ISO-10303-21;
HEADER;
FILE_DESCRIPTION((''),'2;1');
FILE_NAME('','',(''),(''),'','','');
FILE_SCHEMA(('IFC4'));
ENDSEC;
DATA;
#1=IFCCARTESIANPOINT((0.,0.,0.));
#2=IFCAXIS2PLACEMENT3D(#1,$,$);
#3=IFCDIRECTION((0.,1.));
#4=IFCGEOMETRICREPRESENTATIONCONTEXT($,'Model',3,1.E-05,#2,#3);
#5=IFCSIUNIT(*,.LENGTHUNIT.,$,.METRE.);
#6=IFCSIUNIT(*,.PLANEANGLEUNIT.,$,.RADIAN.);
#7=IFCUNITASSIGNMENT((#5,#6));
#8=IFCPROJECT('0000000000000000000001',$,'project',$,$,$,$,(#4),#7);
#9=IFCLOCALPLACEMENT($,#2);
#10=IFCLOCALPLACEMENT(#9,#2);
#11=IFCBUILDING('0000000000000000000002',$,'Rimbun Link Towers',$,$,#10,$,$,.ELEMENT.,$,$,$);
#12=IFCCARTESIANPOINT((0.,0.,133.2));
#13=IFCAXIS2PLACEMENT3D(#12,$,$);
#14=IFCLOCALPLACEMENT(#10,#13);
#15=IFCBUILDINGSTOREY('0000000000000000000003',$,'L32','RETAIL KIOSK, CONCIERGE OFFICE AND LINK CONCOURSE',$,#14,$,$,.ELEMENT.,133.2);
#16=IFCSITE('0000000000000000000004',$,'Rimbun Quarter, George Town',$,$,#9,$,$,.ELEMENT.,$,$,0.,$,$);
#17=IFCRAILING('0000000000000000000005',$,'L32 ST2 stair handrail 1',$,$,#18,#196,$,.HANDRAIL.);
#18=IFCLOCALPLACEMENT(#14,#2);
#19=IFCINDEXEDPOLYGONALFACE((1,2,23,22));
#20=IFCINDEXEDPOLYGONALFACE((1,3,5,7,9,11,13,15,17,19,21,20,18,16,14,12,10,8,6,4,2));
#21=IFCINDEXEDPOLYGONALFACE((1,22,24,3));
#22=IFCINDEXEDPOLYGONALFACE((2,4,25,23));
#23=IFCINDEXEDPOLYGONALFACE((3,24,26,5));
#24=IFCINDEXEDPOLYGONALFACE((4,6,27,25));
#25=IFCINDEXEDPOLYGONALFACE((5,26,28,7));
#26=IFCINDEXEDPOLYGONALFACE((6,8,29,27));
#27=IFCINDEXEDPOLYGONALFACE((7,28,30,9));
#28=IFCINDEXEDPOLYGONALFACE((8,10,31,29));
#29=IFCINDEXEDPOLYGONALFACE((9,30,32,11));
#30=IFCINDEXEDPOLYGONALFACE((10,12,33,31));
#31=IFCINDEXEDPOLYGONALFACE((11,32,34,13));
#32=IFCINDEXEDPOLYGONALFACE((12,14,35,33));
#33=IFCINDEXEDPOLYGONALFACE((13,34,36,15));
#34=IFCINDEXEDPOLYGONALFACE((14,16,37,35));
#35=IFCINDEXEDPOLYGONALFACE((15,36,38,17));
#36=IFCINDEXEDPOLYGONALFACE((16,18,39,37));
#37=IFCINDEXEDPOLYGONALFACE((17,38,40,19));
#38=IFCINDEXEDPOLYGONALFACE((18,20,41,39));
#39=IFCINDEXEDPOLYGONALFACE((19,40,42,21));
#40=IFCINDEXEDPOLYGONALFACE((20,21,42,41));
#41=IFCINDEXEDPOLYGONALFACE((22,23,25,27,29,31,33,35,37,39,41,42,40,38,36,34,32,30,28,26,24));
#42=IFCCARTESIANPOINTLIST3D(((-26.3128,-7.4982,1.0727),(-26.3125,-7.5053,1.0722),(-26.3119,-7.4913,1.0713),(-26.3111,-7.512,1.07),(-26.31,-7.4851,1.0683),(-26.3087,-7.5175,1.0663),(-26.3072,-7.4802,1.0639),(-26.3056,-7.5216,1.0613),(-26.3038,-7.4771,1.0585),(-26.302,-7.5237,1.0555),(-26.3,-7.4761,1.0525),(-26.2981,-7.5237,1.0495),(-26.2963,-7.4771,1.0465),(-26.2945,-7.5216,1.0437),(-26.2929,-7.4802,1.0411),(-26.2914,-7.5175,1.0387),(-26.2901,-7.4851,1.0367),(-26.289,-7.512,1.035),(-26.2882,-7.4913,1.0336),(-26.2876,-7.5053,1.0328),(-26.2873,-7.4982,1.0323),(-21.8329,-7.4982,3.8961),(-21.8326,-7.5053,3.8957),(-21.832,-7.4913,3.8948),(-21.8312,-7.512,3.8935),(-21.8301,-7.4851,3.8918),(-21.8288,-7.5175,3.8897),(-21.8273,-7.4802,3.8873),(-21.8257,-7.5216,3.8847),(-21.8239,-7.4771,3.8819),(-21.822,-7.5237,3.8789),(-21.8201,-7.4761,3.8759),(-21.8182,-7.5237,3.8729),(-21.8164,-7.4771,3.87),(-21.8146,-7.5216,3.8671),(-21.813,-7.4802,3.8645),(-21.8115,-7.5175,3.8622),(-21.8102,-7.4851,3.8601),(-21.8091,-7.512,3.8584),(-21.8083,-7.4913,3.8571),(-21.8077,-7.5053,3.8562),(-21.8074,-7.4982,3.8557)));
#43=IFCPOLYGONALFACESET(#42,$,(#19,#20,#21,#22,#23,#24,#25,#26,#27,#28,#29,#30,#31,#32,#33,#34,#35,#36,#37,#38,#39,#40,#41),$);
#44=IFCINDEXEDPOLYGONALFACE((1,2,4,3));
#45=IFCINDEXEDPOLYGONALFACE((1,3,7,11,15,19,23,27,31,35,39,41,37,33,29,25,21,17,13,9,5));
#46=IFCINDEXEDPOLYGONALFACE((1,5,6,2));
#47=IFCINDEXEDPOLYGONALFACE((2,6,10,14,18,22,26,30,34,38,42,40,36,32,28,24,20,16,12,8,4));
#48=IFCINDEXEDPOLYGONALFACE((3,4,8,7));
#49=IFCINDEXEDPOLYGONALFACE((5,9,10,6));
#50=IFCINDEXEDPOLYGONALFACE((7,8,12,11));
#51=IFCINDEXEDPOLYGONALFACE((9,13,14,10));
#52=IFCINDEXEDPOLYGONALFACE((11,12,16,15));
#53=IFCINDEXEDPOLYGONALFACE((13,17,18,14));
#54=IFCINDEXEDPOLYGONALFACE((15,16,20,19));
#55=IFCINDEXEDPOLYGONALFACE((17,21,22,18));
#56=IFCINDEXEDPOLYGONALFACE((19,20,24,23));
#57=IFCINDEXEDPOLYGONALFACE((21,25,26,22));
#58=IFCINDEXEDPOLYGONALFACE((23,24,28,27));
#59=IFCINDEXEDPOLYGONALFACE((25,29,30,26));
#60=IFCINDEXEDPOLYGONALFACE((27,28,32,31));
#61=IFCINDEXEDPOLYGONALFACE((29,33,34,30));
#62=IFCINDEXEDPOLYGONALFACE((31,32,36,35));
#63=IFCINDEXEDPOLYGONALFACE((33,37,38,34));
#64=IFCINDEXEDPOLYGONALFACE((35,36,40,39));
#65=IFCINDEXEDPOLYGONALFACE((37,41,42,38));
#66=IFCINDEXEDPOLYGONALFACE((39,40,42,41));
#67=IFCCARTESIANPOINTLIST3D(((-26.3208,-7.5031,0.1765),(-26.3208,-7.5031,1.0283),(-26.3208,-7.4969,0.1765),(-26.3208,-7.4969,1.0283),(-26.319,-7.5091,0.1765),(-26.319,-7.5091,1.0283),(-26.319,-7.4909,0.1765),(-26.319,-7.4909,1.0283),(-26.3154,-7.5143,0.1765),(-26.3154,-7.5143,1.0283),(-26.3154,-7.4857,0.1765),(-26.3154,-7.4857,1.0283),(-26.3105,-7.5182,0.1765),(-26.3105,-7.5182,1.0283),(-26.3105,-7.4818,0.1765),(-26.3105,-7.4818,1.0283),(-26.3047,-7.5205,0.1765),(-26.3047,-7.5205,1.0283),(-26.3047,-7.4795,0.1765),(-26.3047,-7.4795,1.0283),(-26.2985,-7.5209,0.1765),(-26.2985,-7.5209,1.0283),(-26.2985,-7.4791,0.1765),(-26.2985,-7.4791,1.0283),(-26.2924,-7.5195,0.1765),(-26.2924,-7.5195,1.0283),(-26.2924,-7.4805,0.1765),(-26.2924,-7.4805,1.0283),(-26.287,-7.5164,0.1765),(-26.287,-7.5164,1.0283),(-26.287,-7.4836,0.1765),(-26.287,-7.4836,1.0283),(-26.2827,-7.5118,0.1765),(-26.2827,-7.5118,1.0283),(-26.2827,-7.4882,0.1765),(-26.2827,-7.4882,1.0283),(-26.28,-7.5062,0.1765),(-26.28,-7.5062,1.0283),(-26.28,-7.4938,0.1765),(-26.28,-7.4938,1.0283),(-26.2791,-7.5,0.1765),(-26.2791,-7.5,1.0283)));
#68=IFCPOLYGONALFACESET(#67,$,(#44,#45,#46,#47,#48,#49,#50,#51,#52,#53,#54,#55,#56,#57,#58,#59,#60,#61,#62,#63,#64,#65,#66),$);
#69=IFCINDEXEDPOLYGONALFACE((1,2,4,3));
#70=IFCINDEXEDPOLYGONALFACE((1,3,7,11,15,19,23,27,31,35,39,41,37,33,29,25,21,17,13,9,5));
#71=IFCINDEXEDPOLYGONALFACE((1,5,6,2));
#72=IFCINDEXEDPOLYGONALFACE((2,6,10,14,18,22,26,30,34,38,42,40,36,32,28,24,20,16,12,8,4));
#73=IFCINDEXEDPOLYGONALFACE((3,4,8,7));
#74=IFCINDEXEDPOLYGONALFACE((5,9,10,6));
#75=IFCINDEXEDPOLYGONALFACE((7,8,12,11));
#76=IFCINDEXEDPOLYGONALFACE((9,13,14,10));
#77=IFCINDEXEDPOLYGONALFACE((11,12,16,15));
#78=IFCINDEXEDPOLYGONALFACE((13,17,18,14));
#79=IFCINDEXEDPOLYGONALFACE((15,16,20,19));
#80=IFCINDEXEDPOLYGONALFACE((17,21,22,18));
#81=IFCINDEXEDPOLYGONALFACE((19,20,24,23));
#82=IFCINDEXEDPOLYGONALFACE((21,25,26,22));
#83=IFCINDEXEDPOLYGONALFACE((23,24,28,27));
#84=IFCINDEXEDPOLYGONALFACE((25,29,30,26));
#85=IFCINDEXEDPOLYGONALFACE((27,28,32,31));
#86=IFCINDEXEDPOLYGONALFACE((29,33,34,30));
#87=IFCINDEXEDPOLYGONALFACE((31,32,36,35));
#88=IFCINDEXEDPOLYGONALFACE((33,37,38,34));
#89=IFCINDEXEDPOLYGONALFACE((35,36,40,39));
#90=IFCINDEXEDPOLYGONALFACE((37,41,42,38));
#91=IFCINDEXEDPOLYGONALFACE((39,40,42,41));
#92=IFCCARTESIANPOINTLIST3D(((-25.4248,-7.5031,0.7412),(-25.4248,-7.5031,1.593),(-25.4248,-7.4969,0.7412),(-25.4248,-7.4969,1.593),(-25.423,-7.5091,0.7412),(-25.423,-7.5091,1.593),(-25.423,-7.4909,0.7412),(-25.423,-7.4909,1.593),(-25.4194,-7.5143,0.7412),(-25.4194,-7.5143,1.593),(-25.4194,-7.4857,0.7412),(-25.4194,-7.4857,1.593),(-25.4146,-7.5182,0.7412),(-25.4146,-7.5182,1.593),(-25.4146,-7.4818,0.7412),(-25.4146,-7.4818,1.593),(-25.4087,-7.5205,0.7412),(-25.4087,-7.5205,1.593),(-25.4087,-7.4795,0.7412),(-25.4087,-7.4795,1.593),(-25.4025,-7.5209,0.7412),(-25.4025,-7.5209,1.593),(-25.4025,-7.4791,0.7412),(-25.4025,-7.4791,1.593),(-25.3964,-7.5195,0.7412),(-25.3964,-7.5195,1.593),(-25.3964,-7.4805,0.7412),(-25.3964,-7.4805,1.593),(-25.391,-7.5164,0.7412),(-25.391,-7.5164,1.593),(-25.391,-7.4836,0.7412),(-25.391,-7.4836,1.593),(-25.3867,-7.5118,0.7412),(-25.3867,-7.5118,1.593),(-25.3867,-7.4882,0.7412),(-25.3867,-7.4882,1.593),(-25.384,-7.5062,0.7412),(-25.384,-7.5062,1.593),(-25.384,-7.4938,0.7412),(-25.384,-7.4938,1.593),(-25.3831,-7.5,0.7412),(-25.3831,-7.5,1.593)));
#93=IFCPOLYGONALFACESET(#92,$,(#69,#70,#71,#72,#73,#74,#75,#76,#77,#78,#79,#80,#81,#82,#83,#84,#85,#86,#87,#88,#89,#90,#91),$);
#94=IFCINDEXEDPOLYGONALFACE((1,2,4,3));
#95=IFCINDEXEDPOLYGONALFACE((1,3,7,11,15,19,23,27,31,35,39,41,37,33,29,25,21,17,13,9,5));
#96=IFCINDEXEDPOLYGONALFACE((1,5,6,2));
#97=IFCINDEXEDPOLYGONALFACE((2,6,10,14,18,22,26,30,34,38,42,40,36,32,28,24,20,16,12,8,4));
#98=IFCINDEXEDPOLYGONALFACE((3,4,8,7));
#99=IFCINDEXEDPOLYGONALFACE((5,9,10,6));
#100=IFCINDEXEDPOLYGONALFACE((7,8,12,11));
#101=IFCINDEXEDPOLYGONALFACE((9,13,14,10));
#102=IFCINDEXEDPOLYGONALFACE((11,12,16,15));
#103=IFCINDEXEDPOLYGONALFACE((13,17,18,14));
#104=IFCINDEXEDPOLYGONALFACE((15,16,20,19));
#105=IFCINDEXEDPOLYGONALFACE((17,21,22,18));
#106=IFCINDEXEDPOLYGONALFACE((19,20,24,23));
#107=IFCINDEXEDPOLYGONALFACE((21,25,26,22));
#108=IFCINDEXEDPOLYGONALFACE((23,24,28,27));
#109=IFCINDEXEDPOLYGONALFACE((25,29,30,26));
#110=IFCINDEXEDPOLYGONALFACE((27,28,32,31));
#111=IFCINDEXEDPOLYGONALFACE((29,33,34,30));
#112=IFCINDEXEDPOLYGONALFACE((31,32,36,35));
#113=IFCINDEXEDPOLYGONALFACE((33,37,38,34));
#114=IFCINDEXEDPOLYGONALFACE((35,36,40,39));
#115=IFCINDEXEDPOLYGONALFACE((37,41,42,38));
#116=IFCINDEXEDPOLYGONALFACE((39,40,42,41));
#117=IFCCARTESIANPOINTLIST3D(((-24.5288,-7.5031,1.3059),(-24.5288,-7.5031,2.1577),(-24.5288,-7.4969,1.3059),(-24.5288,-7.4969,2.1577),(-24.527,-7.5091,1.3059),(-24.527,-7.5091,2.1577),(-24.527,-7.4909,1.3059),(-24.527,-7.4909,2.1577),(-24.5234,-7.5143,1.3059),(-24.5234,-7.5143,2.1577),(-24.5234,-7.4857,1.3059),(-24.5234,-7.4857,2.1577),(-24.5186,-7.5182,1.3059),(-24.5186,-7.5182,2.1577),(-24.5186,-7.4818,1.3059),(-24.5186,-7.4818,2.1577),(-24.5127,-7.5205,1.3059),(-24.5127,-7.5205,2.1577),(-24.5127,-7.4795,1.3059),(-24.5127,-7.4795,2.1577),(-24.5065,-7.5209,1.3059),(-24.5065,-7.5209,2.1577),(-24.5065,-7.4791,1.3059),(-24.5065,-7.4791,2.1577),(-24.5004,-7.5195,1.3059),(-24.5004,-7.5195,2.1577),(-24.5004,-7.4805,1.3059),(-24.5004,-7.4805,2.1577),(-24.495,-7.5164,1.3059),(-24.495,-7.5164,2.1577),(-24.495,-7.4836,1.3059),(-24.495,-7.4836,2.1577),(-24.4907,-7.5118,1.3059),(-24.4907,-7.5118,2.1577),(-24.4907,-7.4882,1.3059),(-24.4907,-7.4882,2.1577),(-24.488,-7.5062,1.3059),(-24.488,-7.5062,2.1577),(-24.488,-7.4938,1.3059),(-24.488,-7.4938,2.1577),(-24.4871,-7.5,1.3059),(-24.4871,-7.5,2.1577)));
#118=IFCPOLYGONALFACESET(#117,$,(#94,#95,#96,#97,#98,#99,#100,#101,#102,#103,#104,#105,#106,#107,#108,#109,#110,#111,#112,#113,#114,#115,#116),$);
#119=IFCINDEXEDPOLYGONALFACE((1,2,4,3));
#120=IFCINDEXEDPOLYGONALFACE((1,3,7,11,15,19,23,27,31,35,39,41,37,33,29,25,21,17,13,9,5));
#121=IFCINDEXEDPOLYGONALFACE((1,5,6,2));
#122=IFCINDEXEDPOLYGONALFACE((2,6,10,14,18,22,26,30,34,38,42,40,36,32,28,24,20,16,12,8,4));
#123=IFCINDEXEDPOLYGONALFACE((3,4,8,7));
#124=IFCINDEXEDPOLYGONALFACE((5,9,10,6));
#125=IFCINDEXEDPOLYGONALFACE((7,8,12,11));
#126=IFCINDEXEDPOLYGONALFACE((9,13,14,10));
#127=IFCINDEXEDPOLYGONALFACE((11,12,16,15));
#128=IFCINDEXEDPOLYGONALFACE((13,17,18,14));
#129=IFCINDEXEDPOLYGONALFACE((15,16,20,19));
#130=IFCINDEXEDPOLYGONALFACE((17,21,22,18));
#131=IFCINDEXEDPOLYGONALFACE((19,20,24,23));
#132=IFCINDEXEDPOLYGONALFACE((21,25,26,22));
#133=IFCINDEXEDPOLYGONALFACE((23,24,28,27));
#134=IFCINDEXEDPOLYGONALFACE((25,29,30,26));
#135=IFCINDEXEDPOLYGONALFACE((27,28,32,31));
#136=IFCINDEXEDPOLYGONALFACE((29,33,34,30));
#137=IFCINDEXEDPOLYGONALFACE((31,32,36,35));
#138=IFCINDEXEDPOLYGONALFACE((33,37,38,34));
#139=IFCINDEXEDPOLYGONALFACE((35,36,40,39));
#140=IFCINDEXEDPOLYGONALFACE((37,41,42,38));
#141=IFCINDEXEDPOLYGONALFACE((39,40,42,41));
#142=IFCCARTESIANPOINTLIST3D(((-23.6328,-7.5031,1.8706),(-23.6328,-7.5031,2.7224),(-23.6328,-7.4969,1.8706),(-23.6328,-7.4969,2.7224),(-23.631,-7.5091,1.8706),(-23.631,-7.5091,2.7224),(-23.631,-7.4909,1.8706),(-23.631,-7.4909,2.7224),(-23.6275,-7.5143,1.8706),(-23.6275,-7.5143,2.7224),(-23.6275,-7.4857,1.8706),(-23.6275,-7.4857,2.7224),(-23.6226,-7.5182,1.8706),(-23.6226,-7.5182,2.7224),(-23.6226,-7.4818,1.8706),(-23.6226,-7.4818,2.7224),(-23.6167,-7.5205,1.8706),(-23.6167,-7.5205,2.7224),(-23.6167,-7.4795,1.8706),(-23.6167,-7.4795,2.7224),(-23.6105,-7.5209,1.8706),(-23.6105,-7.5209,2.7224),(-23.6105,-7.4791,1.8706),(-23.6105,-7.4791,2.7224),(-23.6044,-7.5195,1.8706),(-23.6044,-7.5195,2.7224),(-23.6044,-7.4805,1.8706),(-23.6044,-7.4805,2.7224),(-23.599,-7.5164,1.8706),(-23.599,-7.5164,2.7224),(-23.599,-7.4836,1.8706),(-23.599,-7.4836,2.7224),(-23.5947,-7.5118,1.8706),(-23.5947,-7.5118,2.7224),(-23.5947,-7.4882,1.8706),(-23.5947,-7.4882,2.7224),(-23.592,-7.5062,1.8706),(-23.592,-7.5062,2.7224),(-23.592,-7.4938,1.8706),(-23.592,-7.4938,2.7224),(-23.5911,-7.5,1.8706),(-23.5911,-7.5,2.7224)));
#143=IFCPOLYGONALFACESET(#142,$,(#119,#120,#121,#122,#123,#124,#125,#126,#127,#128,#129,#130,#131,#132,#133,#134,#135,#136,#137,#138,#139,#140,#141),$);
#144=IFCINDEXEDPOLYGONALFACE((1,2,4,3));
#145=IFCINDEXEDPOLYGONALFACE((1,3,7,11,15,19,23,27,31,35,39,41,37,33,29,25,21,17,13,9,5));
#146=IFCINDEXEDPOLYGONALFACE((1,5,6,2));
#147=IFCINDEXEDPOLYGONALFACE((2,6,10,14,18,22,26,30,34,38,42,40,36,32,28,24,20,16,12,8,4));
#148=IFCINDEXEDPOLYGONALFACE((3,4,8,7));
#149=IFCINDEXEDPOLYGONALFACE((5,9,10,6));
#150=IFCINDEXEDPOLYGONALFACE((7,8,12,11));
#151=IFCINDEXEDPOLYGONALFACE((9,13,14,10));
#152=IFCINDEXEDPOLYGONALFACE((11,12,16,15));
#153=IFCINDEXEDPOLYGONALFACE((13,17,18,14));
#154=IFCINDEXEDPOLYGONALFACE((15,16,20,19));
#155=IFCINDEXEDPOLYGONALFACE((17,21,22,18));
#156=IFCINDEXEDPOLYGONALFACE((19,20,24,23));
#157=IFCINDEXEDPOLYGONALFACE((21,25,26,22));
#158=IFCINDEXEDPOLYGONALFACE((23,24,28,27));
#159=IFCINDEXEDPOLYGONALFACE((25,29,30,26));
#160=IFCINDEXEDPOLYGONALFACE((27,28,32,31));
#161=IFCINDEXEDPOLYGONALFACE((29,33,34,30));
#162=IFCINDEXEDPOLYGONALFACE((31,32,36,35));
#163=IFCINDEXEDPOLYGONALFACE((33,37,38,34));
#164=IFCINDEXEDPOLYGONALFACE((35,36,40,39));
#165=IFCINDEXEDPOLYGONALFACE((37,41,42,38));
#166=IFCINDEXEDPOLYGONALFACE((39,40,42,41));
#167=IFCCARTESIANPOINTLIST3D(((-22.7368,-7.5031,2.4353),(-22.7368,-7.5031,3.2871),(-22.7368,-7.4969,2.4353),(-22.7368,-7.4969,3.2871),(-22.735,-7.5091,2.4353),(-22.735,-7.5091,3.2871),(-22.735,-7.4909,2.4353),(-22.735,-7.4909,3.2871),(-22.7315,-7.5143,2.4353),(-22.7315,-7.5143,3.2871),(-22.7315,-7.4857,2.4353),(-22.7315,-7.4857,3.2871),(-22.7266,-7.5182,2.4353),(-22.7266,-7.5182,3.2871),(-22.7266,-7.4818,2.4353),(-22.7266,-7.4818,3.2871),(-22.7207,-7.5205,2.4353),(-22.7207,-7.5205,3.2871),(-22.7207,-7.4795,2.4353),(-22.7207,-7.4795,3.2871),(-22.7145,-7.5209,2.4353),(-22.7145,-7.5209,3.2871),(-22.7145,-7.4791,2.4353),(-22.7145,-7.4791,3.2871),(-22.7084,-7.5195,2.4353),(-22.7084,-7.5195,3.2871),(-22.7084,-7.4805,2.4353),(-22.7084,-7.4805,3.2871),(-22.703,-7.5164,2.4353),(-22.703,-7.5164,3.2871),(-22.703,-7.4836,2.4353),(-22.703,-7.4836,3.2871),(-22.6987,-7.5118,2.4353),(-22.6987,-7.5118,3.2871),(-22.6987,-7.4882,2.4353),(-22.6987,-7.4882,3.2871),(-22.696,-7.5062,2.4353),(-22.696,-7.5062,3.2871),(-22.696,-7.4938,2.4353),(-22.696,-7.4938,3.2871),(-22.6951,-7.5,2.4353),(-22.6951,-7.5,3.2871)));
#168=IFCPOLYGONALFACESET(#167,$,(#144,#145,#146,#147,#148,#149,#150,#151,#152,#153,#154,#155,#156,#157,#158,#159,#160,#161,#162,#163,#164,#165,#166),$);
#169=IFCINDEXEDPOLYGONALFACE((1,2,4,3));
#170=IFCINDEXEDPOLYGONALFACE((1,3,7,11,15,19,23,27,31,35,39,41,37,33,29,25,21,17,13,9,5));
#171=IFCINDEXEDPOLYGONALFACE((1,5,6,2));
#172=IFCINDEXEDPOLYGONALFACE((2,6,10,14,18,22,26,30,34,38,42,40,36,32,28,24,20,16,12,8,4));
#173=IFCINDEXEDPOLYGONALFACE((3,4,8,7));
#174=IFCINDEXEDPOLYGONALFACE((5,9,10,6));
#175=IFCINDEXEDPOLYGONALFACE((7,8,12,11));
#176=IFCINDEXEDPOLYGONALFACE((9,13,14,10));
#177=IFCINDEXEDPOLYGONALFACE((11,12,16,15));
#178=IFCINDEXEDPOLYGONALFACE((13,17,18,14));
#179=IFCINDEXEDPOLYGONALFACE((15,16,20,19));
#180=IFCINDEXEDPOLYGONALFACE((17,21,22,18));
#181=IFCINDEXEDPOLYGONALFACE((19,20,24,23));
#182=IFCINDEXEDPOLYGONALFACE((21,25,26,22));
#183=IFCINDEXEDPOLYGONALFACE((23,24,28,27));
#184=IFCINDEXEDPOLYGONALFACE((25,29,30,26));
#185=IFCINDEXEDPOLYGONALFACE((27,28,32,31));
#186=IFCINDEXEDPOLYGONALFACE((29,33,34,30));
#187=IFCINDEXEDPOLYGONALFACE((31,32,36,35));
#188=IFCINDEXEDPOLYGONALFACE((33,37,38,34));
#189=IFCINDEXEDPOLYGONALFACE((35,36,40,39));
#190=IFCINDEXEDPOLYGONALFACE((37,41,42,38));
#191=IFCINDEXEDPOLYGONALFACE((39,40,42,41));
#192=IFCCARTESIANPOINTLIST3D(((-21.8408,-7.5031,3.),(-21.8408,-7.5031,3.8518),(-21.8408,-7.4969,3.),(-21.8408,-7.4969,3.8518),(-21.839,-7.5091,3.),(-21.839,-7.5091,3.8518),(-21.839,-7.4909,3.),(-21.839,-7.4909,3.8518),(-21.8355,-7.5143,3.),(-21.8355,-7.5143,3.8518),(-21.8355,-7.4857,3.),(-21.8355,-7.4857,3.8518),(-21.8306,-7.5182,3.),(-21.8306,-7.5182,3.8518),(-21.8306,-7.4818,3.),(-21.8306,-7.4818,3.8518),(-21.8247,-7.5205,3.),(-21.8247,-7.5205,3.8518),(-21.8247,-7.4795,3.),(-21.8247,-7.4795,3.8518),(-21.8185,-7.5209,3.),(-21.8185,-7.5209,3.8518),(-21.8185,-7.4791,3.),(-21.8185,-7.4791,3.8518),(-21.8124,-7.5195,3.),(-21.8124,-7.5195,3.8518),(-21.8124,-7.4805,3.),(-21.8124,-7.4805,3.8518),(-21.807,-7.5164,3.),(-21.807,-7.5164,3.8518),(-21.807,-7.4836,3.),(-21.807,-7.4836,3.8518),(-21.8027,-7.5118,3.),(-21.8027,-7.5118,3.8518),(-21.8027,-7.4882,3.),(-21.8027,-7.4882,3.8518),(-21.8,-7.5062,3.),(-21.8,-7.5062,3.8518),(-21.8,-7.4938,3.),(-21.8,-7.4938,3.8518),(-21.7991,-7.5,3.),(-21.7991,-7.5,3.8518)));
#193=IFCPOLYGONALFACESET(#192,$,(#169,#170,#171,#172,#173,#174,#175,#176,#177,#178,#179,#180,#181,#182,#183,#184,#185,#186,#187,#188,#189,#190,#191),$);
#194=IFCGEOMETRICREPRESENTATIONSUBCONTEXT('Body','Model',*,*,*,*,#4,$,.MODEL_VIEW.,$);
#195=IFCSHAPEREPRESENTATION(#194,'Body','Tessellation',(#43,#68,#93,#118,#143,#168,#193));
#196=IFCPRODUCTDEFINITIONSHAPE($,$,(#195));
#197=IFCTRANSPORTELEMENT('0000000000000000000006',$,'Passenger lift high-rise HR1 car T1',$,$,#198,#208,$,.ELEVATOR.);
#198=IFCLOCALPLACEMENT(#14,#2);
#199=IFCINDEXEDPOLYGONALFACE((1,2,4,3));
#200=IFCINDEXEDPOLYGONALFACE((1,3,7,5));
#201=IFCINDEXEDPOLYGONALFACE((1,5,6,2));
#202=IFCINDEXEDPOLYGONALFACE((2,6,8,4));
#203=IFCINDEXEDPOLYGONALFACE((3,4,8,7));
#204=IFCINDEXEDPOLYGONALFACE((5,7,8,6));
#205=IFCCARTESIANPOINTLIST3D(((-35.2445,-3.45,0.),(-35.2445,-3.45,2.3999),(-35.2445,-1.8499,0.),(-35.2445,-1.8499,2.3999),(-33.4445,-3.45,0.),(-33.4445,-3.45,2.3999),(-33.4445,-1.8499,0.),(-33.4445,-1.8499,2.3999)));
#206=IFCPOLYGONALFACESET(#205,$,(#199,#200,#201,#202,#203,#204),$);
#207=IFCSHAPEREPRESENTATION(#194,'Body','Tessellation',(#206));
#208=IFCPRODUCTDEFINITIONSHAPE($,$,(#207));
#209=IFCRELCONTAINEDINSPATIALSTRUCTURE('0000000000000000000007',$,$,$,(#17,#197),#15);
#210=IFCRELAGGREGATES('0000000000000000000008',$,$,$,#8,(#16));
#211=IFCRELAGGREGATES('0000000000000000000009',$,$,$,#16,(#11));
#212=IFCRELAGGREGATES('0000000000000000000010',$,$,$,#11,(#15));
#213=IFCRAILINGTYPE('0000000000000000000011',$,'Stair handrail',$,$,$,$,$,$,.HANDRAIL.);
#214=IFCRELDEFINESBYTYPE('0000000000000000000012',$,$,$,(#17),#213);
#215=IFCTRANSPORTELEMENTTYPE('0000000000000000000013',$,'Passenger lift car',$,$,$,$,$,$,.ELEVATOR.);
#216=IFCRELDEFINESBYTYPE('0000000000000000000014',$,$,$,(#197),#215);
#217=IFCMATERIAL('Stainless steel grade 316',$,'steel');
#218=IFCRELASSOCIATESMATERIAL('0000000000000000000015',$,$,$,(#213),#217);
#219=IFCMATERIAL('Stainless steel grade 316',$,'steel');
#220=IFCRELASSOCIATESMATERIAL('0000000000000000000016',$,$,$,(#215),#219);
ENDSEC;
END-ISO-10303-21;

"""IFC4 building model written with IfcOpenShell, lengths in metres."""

from ifc_helpers import new_model, si_unit, direction, frame, origin, origin_2d, place, context, subcontext, project, spatial, rectangle, circle, extrude, material, type_object, element, save


model = new_model("IFC4")

# Units and contexts
model_context = context("Model", 3, precision=1e-05, world=origin(), true_north=direction((0.0, 1.0)))
body_context = subcontext(model_context, "Body", "Model", "MODEL_VIEW")
ifc_project = project(units=[si_unit("LENGTHUNIT", "METRE"), si_unit("PLANEANGLEUNIT", "RADIAN")], contexts=[model_context])

# Site, building, storey
site_placement = place(None, origin())
site = spatial("IfcSite", under=ifc_project, at=site_placement, Name="Rimbun Quarter, George Town", CompositionType="ELEMENT", RefElevation=0.0)
building_placement = place(site_placement, origin())
building = spatial("IfcBuilding", under=site, at=building_placement, Name="Rimbun Link Towers", CompositionType="ELEMENT")
storey_placement = place(building_placement, frame((0.0, 0.0, 133.2)))
storey = spatial("IfcBuildingStorey", under=building, at=storey_placement, Name="L32", Description="RETAIL KIOSK, CONCIERGE OFFICE AND LINK CONCOURSE", CompositionType="ELEMENT", Elevation=133.2)

# Railing
ifc_material_1 = material(Name="Stainless steel grade 316", Category="steel")
railing_type_1 = type_object("IfcRailingType", Name="Stair handrail", PredefinedType="HANDRAIL", material=ifc_material_1)
railing_1_placement = place(storey_placement, frame((-26.3, -7.5, 0.1765)))
element("IfcRailing", 1, at=railing_1_placement, inside=storey, type_object=railing_type_1, Name="L32 ST2 stair handrail 1", PredefinedType="HANDRAIL", context=body_context, shape_type="SweptSolid", body=[
    extrude(circle(Radius=0.0239, at=origin_2d()), frame((0.0, 0.0, 0.876), z_axis=(0.845998, 0.0, 0.533186), x_axis=(0.0, 1.0, 0.0)), (0.0, 0.0, 1.0), 5.2954),
    extrude(circle(Radius=0.021, at=origin_2d()), origin(), (0.0, 0.0, 1.0), 0.8518),
    extrude(circle(Radius=0.021, at=origin_2d()), frame((0.896, 0.0, 0.5647)), (0.0, 0.0, 1.0), 0.8518),
    extrude(circle(Radius=0.021, at=origin_2d()), frame((1.792, 0.0, 1.1294)), (0.0, 0.0, 1.0), 0.8518),
    extrude(circle(Radius=0.021, at=origin_2d()), frame((2.688, 0.0, 1.6941)), (0.0, 0.0, 1.0), 0.8518),
    extrude(circle(Radius=0.021, at=origin_2d()), frame((3.584, 0.0, 2.2588)), (0.0, 0.0, 1.0), 0.8518),
    extrude(circle(Radius=0.021, at=origin_2d()), frame((4.48, 0.0, 2.8235)), (0.0, 0.0, 1.0), 0.8518),
])

# Transport element
ifc_material_2 = material(Name="Stainless steel grade 316", Category="steel")
transport_element_type = type_object("IfcTransportElementType", Name="Passenger lift car", PredefinedType="ELEVATOR", material=ifc_material_2)
for number, where, z_axis, x_axis, name in (
    (2, (-34.3445, -2.6499, 0.0), (0.0, 0.0, 1.0), (1.0, 0.0, 0.0), "Passenger lift high-rise HR1 car T1"),
):
    element("IfcTransportElement", number, at=place(storey_placement, frame(where, z_axis=z_axis, x_axis=x_axis)), inside=storey, type_object=transport_element_type, Name=name, PredefinedType="ELEVATOR", context=body_context, shape_type="SweptSolid", body=[
        extrude(rectangle(XDim=1.8, YDim=1.6001, at=origin_2d()), origin(), (0.0, 0.0, 1.0), 2.3999),
    ])

save(model, "model.ifc")
